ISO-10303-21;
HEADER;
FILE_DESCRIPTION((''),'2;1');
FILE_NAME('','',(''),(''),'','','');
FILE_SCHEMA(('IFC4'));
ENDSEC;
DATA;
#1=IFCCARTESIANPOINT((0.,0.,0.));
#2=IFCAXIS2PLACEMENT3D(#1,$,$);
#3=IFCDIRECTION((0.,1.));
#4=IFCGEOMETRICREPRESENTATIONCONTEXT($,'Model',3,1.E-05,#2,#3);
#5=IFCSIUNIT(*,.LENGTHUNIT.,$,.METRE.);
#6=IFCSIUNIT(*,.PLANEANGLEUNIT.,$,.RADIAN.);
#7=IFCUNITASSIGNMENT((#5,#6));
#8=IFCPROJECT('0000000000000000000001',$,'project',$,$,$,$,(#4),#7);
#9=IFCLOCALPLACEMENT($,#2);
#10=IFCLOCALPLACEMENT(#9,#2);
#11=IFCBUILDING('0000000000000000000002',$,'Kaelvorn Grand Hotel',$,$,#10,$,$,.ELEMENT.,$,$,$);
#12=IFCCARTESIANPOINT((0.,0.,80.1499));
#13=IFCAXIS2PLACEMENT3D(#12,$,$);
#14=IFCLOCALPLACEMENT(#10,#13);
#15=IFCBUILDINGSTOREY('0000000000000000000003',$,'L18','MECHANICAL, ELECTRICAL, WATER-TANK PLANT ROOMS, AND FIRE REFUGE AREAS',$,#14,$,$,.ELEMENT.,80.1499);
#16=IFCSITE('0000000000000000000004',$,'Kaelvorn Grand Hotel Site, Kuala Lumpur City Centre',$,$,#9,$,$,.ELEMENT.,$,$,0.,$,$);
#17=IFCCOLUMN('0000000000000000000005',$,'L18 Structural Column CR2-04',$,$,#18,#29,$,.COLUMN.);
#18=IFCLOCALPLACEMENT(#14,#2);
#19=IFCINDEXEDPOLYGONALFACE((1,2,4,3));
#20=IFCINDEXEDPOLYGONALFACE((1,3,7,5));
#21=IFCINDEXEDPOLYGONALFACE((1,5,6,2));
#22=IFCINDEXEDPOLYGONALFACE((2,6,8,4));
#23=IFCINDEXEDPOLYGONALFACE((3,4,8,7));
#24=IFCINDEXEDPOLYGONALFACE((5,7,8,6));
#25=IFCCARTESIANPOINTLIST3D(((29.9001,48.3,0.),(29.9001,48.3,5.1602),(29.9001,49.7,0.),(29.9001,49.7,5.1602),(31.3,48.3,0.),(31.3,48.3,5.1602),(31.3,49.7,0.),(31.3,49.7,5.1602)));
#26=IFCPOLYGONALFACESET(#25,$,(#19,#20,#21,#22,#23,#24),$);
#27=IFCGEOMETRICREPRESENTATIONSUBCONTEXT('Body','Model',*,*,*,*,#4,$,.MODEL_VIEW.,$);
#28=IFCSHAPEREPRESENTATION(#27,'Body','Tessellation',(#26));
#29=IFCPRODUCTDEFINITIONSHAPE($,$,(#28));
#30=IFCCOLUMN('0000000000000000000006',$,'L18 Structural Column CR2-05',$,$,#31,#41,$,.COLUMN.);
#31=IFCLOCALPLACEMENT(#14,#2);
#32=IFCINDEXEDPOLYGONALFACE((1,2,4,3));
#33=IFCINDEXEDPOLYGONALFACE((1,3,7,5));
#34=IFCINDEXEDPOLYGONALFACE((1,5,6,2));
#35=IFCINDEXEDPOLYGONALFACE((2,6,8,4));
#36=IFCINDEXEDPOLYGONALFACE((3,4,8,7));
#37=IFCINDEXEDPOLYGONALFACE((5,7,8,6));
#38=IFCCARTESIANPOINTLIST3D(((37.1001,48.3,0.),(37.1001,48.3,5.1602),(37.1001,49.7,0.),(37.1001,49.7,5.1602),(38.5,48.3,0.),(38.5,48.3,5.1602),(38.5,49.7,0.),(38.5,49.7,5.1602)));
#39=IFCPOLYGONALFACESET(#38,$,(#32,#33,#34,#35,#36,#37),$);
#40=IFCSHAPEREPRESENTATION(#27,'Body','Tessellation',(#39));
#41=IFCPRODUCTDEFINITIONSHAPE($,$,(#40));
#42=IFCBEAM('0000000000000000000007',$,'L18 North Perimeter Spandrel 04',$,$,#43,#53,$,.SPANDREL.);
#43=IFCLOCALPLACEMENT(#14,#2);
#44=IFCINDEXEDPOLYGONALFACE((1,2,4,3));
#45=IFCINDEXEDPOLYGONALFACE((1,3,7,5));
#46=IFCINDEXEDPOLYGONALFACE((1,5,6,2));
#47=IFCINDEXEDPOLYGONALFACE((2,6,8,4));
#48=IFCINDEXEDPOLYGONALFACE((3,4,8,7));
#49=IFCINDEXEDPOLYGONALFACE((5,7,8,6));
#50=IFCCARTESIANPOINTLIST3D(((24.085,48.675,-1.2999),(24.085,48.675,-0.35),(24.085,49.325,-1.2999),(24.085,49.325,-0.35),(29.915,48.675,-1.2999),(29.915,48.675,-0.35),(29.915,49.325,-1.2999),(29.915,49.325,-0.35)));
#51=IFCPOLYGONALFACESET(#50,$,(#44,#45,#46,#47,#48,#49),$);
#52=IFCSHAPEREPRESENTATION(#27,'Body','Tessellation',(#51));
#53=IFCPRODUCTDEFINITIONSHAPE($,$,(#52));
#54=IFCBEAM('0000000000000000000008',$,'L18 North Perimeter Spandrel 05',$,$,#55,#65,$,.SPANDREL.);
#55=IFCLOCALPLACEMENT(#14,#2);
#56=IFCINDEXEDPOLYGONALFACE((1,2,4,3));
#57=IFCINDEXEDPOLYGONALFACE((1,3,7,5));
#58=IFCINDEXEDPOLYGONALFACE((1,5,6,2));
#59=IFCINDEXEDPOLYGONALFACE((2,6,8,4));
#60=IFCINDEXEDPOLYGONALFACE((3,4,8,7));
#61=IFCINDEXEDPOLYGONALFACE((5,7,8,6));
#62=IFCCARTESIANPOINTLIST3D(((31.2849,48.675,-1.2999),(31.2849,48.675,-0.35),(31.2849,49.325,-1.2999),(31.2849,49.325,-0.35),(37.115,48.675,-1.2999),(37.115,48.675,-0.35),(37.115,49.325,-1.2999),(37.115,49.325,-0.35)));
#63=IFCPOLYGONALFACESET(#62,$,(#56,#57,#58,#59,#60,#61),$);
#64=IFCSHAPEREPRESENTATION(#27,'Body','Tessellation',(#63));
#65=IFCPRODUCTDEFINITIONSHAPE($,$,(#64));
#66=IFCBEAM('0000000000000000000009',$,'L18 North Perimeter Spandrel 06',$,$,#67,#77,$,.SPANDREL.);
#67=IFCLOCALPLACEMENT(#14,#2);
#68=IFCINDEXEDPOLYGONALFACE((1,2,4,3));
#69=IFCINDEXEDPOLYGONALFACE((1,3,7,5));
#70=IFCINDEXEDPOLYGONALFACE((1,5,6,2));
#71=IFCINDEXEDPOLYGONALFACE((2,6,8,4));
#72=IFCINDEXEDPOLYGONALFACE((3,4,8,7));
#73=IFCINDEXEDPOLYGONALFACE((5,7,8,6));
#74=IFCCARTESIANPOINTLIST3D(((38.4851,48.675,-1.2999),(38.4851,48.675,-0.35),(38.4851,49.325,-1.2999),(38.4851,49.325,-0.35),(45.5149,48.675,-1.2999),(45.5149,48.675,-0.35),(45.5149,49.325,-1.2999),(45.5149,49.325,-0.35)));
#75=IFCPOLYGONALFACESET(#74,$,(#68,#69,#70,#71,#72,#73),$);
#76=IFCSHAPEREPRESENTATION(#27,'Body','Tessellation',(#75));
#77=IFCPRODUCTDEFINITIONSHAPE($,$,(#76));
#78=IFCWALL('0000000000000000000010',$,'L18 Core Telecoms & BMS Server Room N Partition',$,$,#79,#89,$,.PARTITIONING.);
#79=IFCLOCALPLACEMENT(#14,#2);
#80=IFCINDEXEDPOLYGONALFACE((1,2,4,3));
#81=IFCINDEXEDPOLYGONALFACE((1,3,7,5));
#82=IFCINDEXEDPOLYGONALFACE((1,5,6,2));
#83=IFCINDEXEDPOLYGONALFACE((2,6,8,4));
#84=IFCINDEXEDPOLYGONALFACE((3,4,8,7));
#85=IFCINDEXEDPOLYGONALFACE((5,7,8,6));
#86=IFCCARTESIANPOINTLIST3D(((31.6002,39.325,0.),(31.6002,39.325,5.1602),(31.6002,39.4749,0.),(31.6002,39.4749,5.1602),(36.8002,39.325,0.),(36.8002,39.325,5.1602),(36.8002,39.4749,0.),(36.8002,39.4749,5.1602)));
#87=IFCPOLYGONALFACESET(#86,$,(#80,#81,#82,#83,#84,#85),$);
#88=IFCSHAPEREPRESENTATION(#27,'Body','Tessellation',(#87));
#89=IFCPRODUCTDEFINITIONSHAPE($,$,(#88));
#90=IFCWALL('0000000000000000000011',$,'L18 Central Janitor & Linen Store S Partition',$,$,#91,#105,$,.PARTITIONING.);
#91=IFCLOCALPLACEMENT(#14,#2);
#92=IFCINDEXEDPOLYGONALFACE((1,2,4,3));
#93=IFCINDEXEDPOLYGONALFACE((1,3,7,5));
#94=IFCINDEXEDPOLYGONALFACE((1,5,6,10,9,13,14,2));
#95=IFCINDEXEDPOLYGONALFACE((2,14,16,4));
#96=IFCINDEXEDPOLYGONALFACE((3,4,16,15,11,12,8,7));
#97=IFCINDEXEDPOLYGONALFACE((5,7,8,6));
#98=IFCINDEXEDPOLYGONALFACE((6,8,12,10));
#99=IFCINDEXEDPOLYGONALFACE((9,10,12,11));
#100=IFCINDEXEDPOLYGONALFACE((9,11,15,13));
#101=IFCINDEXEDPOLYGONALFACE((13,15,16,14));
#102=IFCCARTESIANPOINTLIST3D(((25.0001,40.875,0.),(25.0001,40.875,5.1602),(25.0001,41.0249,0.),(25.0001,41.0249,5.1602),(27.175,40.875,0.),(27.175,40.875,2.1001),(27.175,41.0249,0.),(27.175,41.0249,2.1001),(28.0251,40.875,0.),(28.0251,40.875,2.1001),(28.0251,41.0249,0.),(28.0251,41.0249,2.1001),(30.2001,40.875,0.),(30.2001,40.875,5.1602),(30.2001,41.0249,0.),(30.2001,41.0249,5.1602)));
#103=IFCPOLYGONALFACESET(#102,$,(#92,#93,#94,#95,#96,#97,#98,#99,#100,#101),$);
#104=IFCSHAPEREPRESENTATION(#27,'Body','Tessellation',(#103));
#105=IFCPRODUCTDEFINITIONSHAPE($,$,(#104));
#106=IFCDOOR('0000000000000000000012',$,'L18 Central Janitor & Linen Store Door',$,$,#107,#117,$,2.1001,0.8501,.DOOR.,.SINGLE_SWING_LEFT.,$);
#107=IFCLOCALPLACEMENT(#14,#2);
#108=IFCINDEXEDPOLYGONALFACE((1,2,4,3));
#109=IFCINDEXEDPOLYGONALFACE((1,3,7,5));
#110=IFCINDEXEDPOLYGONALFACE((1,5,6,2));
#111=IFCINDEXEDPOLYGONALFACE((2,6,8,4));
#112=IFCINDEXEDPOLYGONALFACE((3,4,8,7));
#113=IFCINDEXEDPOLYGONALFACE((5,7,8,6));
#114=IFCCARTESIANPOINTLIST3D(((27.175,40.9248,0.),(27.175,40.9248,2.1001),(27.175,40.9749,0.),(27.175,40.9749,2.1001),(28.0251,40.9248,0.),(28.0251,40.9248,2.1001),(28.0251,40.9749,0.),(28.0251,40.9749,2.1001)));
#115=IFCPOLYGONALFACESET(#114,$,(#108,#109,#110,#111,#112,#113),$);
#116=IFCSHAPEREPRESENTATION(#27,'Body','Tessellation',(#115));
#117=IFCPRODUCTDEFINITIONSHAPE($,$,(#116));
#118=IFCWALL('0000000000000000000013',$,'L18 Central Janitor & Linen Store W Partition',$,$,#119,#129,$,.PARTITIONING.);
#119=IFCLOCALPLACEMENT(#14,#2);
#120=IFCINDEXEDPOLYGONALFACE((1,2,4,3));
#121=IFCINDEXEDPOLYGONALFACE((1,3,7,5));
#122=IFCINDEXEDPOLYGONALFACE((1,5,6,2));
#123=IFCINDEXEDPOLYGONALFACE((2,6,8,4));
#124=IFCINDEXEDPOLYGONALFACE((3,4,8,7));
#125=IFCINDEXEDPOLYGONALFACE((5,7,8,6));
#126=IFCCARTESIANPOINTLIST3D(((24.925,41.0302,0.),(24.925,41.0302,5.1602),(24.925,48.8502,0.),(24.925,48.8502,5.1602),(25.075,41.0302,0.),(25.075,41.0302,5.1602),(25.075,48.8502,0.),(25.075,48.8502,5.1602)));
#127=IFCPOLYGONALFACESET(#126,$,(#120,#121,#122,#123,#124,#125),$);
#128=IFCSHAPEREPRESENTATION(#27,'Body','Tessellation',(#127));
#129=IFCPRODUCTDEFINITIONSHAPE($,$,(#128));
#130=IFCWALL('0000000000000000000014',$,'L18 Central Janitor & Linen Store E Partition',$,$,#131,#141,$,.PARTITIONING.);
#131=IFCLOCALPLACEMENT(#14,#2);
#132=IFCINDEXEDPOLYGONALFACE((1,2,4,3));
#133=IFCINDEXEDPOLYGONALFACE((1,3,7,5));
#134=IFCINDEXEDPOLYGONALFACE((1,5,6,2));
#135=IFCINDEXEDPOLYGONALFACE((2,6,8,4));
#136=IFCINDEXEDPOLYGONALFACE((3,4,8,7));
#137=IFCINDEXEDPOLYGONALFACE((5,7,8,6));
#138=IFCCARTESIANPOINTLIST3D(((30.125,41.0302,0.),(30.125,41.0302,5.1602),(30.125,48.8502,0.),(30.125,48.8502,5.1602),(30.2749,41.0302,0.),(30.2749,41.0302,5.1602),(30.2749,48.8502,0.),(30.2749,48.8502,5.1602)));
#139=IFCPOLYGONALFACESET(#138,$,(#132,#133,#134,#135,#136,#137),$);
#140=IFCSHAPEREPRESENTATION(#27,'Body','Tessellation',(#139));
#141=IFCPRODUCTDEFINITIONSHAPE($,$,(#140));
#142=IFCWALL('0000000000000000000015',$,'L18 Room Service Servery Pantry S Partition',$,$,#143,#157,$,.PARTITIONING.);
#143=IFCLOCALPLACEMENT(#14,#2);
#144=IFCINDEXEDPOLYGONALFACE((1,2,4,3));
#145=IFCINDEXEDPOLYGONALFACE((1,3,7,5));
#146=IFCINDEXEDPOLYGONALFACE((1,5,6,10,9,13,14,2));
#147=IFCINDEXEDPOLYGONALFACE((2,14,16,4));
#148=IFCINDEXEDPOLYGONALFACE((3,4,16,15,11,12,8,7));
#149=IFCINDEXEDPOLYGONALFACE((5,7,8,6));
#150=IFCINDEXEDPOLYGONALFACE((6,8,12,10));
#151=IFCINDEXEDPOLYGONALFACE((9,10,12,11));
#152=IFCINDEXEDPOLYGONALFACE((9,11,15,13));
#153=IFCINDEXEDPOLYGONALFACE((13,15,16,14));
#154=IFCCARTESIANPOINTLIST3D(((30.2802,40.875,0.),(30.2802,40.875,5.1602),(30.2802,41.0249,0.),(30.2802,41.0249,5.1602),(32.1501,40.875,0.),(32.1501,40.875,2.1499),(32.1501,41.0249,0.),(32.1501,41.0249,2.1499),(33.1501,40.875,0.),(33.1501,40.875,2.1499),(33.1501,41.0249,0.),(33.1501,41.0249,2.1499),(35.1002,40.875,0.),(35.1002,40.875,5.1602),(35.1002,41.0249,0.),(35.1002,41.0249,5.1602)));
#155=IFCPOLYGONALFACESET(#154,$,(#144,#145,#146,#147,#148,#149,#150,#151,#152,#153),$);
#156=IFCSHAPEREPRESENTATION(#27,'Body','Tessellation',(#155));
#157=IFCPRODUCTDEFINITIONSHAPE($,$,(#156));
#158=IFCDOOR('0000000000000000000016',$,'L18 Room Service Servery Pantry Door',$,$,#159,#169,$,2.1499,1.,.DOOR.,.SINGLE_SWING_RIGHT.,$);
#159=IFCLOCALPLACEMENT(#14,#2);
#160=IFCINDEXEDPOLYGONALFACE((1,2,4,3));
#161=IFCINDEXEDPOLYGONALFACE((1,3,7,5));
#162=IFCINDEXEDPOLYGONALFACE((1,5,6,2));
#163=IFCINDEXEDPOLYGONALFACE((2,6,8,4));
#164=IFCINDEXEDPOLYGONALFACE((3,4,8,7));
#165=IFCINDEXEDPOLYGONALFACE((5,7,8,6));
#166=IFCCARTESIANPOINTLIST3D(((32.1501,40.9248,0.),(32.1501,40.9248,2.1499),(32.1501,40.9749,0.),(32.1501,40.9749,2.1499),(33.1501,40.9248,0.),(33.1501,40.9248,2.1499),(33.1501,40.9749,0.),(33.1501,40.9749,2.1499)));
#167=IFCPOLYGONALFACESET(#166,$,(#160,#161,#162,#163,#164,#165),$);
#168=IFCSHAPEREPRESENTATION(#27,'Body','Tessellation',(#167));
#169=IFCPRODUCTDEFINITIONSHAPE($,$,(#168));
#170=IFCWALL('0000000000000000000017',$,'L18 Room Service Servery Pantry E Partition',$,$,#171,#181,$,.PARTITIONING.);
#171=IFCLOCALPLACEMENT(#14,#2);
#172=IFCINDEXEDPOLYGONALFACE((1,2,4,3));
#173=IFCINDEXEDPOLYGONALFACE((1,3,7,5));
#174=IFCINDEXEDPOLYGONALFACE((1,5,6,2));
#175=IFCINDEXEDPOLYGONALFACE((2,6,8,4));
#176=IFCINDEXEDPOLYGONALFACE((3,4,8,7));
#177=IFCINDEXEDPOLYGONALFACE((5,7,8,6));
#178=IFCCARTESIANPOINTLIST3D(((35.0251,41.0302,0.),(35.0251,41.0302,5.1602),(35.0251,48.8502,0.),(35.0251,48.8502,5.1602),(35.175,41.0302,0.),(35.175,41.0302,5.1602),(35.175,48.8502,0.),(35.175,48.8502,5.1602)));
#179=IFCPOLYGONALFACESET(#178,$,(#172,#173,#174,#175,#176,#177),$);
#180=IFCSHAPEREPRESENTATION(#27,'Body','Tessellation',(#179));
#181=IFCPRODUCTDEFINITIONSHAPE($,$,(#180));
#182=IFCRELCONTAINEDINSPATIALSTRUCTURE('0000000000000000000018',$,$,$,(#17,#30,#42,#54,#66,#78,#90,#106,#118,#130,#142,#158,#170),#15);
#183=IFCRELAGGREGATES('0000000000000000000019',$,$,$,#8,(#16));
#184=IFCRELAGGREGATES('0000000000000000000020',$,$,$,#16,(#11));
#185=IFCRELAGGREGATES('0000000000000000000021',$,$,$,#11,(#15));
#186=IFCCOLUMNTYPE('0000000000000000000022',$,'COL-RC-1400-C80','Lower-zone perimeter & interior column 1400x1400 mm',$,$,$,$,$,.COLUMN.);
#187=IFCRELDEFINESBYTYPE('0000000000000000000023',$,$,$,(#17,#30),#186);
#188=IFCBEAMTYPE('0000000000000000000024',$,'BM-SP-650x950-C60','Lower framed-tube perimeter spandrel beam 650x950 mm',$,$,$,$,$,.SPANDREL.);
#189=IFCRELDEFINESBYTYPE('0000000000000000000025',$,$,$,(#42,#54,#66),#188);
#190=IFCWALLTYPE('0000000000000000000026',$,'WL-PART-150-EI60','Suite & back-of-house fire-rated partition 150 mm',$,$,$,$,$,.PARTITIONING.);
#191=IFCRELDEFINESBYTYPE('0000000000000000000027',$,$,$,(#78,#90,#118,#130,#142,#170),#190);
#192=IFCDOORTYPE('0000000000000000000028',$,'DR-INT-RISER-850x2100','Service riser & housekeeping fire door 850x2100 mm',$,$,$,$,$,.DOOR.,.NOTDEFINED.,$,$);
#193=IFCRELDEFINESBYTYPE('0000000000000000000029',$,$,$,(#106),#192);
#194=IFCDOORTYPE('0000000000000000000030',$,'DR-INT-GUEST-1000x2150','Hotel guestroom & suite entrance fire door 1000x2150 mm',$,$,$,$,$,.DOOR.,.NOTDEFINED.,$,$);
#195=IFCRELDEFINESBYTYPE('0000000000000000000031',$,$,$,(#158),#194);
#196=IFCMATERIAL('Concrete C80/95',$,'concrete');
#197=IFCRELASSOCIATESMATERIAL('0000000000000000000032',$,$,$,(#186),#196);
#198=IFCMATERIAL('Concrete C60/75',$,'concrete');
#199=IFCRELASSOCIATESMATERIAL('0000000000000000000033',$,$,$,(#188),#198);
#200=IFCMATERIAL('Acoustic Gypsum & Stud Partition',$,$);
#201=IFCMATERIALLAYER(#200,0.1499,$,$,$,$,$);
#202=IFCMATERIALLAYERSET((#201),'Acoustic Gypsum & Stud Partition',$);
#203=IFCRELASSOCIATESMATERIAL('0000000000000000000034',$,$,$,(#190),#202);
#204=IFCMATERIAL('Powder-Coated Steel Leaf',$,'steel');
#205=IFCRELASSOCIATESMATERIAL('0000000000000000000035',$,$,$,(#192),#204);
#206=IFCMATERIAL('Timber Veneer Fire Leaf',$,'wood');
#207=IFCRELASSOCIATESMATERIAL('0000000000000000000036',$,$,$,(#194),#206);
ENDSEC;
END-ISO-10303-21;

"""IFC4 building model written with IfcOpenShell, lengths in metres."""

from ifc_helpers import new_model, si_unit, direction, frame, frame_2d, origin, origin_2d, place, context, subcontext, project, spatial, rectangle, extrude, material, layer, layer_set, material_profile, profile_set, type_object, element, fill, save


model = new_model("IFC4")

# Units and contexts
model_context = context("Model", 3, precision=1e-05, world=origin(), true_north=direction((0.0, 1.0)))
body_context = subcontext(model_context, "Body", "Model", "MODEL_VIEW")
ifc_project = project(units=[si_unit("LENGTHUNIT", "METRE"), si_unit("PLANEANGLEUNIT", "RADIAN")], contexts=[model_context])

# Site, building, storey
site_placement = place(None, origin())
site = spatial("IfcSite", under=ifc_project, at=site_placement, Name="Kaelvorn Grand Hotel Site, Kuala Lumpur City Centre", CompositionType="ELEMENT", RefElevation=0.0)
building_placement = place(site_placement, origin())
building = spatial("IfcBuilding", under=site, at=building_placement, Name="Kaelvorn Grand Hotel", CompositionType="ELEMENT")
storey_placement = place(building_placement, frame((0.0, 0.0, 80.1499)))
storey = spatial("IfcBuildingStorey", under=building, at=storey_placement, Name="L18", Description="MECHANICAL, ELECTRICAL, WATER-TANK PLANT ROOMS, AND FIRE REFUGE AREAS", CompositionType="ELEMENT", Elevation=80.1499)

# Columns
ifc_material_1 = material(Name="Concrete C80/95", Category="concrete")
ifc_material_profile_1 = material_profile(ifc_material_1, rectangle(XDim=1.3999, YDim=1.3999, at=origin_2d()), Name="RC COL 1400x1400")
ifc_profile_set_1 = profile_set([ifc_material_profile_1], Name="Concrete C80/95")
column_type = type_object("IfcColumnType", Name="COL-RC-1400-C80", Description="Lower-zone perimeter & interior column 1400x1400 mm", PredefinedType="COLUMN", material=ifc_profile_set_1)
for number, where, z_axis, x_axis, name in (
    (1, (30.6001, 49.0, 0.0), (0.0, 0.0, 1.0), (1.0, 0.0, 0.0), "L18 Structural Column CR2-04"),
    (2, (37.8, 49.0, 0.0), (0.0, 0.0, 1.0), (1.0, 0.0, 0.0), "L18 Structural Column CR2-05"),
):
    element("IfcColumn", number, at=place(storey_placement, frame(where, z_axis=z_axis, x_axis=x_axis)), inside=storey, type_object=column_type, Name=name, PredefinedType="COLUMN", context=body_context, shape_type="SweptSolid", body=[
        extrude(rectangle(XDim=1.3999, YDim=1.3999, at=origin_2d()), origin(), (0.0, 0.0, 1.0), 5.1602),
    ])

# Beams
ifc_material_2 = material(Name="Concrete C60/75", Category="concrete")
ifc_material_profile_2 = material_profile(ifc_material_2, rectangle(XDim=0.6499, YDim=0.95, at=origin_2d()), Name="RC SPANDREL 650x950")
ifc_profile_set_2 = profile_set([ifc_material_profile_2], Name="Concrete C60/75")
beam_type = type_object("IfcBeamType", Name="BM-SP-650x950-C60", Description="Lower framed-tube perimeter spandrel beam 650x950 mm", PredefinedType="SPANDREL", material=ifc_profile_set_2)
for number, where, z_axis, x_axis, name in (
    (3, (24.085, 49.0, -0.825), (1.0, 0.0, 0.0), (0.0, 1.0, 0.0), "L18 North Perimeter Spandrel 04"),
    (4, (31.2849, 49.0, -0.825), (1.0, 0.0, 0.0), (0.0, 1.0, 0.0), "L18 North Perimeter Spandrel 05"),
):
    element("IfcBeam", number, at=place(storey_placement, frame(where, z_axis=z_axis, x_axis=x_axis)), inside=storey, type_object=beam_type, Name=name, PredefinedType="SPANDREL", context=body_context, shape_type="SweptSolid", body=[
        extrude(rectangle(XDim=0.6499, YDim=0.95, at=origin_2d()), origin(), (0.0, 0.0, 1.0), 5.8301),
    ])
beam_placement = place(storey_placement, frame((38.4851, 49.0, -0.825), z_axis=(1.0, 0.0, 0.0), x_axis=(0.0, 1.0, 0.0)))
element("IfcBeam", 5, at=beam_placement, inside=storey, type_object=beam_type, Name="L18 North Perimeter Spandrel 06", PredefinedType="SPANDREL", context=body_context, shape_type="SweptSolid", body=[
    extrude(rectangle(XDim=0.6499, YDim=0.95, at=origin_2d()), origin(), (0.0, 0.0, 1.0), 7.0298),
])

# Wall
ifc_material_3 = material(Name="Acoustic Gypsum & Stud Partition")
ifc_layer_1 = layer(ifc_material_3, 0.1499)
ifc_layer_set_1 = layer_set([ifc_layer_1], Name="Acoustic Gypsum & Stud Partition")
wall_type_1 = type_object("IfcWallType", Name="WL-PART-150-EI60", Description="Suite & back-of-house fire-rated partition 150 mm", PredefinedType="PARTITIONING", material=ifc_layer_set_1)
wall_1_placement = place(storey_placement, frame((31.6001, 39.3999, 0.0), z_axis=(0.0, 0.0, 1.0), x_axis=(1.0, 0.0, 0.0)))
element("IfcWall", 6, at=wall_1_placement, inside=storey, type_object=wall_type_1, Name="L18 Core Telecoms & BMS Server Room N Partition", PredefinedType="PARTITIONING", context=body_context, shape_type="SweptSolid", body=[
    extrude(rectangle(XDim=5.2, YDim=0.1499, at=frame_2d((2.6001, 0.0))), origin(), (0.0, 0.0, 1.0), 5.1602),
])

# Wall, opening, door
wall_2_placement = place(storey_placement, frame((25.0, 40.95, 0.0), z_axis=(0.0, 0.0, 1.0), x_axis=(1.0, 0.0, 0.0)))
wall_2 = element("IfcWall", 7, at=wall_2_placement, inside=storey, type_object=wall_type_1, Name="L18 Central Janitor & Linen Store S Partition", PredefinedType="PARTITIONING", context=body_context, shape_type="SweptSolid", body=[
    extrude(rectangle(XDim=5.2, YDim=0.1499, at=frame_2d((2.6001, 0.0))), origin(), (0.0, 0.0, 1.0), 5.1602),
])
opening_1_placement = place(wall_2_placement, frame((2.175, 0.0, 0.0)))
opening_1 = element("IfcOpeningElement", 8, at=opening_1_placement, cuts=wall_2, PredefinedType="OPENING", context=body_context, shape_type="SweptSolid", body=[
    extrude(rectangle(XDim=0.8501, YDim=2.1001, at=frame_2d((0.425, 1.05))), frame((0.0, 0.085, 0.0), z_axis=(0.0, -1.0, 0.0), x_axis=(1.0, 0.0, 0.0)), (0.0, 0.0, 1.0), 0.1699),
])
ifc_material_4 = material(Name="Powder-Coated Steel Leaf", Category="steel")
door_type_1 = type_object("IfcDoorType", Name="DR-INT-RISER-850x2100", Description="Service riser & housekeeping fire door 850x2100 mm", OperationType="NOTDEFINED", PredefinedType="DOOR", material=ifc_material_4)
door_1_placement = place(opening_1_placement, origin())
door_1 = element("IfcDoor", 9, at=door_1_placement, inside=storey, type_object=door_type_1, Name="L18 Central Janitor & Linen Store Door", OperationType="SINGLE_SWING_LEFT", OverallHeight=2.1001, OverallWidth=0.8501, PredefinedType="DOOR", context=body_context, shape_type="SweptSolid", body=[
    extrude(rectangle(XDim=0.8501, YDim=2.1001, at=frame_2d((0.425, 1.05))), frame((0.0, 0.0249, 0.0), z_axis=(0.0, -1.0, 0.0), x_axis=(1.0, 0.0, 0.0)), (0.0, 0.0, 1.0), 0.05),
])
fill(opening_1, door_1)

# Walls
for number, where, z_axis, x_axis, name in (
    (10, (25.0, 41.03, 0.0), (0.0, 0.0, 1.0), (0.0, 1.0, 0.0), "L18 Central Janitor & Linen Store W Partition"),
    (11, (30.2, 41.03, 0.0), (0.0, 0.0, 1.0), (0.0, 1.0, 0.0), "L18 Central Janitor & Linen Store E Partition"),
):
    element("IfcWall", number, at=place(storey_placement, frame(where, z_axis=z_axis, x_axis=x_axis)), inside=storey, type_object=wall_type_1, Name=name, PredefinedType="PARTITIONING", context=body_context, shape_type="SweptSolid", body=[
        extrude(rectangle(XDim=7.8201, YDim=0.1499, at=frame_2d((3.9102, 0.0))), origin(), (0.0, 0.0, 1.0), 5.1602),
    ])

# Wall, opening, door
wall_3_placement = place(storey_placement, frame((30.28, 40.95, 0.0), z_axis=(0.0, 0.0, 1.0), x_axis=(1.0, 0.0, 0.0)))
wall_3 = element("IfcWall", 12, at=wall_3_placement, inside=storey, type_object=wall_type_1, Name="L18 Room Service Servery Pantry S Partition", PredefinedType="PARTITIONING", context=body_context, shape_type="SweptSolid", body=[
    extrude(rectangle(XDim=4.8201, YDim=0.1499, at=frame_2d((2.4102, 0.0))), origin(), (0.0, 0.0, 1.0), 5.1602),
])
opening_2_placement = place(wall_3_placement, frame((1.8701, 0.0, 0.0)))
opening_2 = element("IfcOpeningElement", 13, at=opening_2_placement, cuts=wall_3, PredefinedType="OPENING", context=body_context, shape_type="SweptSolid", body=[
    extrude(rectangle(XDim=1.0, YDim=2.1499, at=frame_2d((0.5, 1.075))), frame((0.0, 0.085, 0.0), z_axis=(0.0, -1.0, 0.0), x_axis=(1.0, 0.0, 0.0)), (0.0, 0.0, 1.0), 0.1699),
])
ifc_material_5 = material(Name="Timber Veneer Fire Leaf", Category="wood")
door_type_2 = type_object("IfcDoorType", Name="DR-INT-GUEST-1000x2150", Description="Hotel guestroom & suite entrance fire door 1000x2150 mm", OperationType="NOTDEFINED", PredefinedType="DOOR", material=ifc_material_5)
door_2_placement = place(opening_2_placement, origin())
door_2 = element("IfcDoor", 14, at=door_2_placement, inside=storey, type_object=door_type_2, Name="L18 Room Service Servery Pantry Door", OperationType="SINGLE_SWING_RIGHT", OverallHeight=2.1499, OverallWidth=1.0, PredefinedType="DOOR", context=body_context, shape_type="SweptSolid", body=[
    extrude(rectangle(XDim=1.0, YDim=2.1499, at=frame_2d((0.5, 1.075))), frame((0.0, 0.0249, 0.0), z_axis=(0.0, -1.0, 0.0), x_axis=(1.0, 0.0, 0.0)), (0.0, 0.0, 1.0), 0.05),
])
fill(opening_2, door_2)

# Wall
wall_4_placement = place(storey_placement, frame((35.1001, 41.03, 0.0), z_axis=(0.0, 0.0, 1.0), x_axis=(0.0, 1.0, 0.0)))
element("IfcWall", 15, at=wall_4_placement, inside=storey, type_object=wall_type_1, Name="L18 Room Service Servery Pantry E Partition", PredefinedType="PARTITIONING", context=body_context, shape_type="SweptSolid", body=[
    extrude(rectangle(XDim=7.8201, YDim=0.1499, at=frame_2d((3.9102, 0.0))), origin(), (0.0, 0.0, 1.0), 5.1602),
])

save(model, "model.ifc")
